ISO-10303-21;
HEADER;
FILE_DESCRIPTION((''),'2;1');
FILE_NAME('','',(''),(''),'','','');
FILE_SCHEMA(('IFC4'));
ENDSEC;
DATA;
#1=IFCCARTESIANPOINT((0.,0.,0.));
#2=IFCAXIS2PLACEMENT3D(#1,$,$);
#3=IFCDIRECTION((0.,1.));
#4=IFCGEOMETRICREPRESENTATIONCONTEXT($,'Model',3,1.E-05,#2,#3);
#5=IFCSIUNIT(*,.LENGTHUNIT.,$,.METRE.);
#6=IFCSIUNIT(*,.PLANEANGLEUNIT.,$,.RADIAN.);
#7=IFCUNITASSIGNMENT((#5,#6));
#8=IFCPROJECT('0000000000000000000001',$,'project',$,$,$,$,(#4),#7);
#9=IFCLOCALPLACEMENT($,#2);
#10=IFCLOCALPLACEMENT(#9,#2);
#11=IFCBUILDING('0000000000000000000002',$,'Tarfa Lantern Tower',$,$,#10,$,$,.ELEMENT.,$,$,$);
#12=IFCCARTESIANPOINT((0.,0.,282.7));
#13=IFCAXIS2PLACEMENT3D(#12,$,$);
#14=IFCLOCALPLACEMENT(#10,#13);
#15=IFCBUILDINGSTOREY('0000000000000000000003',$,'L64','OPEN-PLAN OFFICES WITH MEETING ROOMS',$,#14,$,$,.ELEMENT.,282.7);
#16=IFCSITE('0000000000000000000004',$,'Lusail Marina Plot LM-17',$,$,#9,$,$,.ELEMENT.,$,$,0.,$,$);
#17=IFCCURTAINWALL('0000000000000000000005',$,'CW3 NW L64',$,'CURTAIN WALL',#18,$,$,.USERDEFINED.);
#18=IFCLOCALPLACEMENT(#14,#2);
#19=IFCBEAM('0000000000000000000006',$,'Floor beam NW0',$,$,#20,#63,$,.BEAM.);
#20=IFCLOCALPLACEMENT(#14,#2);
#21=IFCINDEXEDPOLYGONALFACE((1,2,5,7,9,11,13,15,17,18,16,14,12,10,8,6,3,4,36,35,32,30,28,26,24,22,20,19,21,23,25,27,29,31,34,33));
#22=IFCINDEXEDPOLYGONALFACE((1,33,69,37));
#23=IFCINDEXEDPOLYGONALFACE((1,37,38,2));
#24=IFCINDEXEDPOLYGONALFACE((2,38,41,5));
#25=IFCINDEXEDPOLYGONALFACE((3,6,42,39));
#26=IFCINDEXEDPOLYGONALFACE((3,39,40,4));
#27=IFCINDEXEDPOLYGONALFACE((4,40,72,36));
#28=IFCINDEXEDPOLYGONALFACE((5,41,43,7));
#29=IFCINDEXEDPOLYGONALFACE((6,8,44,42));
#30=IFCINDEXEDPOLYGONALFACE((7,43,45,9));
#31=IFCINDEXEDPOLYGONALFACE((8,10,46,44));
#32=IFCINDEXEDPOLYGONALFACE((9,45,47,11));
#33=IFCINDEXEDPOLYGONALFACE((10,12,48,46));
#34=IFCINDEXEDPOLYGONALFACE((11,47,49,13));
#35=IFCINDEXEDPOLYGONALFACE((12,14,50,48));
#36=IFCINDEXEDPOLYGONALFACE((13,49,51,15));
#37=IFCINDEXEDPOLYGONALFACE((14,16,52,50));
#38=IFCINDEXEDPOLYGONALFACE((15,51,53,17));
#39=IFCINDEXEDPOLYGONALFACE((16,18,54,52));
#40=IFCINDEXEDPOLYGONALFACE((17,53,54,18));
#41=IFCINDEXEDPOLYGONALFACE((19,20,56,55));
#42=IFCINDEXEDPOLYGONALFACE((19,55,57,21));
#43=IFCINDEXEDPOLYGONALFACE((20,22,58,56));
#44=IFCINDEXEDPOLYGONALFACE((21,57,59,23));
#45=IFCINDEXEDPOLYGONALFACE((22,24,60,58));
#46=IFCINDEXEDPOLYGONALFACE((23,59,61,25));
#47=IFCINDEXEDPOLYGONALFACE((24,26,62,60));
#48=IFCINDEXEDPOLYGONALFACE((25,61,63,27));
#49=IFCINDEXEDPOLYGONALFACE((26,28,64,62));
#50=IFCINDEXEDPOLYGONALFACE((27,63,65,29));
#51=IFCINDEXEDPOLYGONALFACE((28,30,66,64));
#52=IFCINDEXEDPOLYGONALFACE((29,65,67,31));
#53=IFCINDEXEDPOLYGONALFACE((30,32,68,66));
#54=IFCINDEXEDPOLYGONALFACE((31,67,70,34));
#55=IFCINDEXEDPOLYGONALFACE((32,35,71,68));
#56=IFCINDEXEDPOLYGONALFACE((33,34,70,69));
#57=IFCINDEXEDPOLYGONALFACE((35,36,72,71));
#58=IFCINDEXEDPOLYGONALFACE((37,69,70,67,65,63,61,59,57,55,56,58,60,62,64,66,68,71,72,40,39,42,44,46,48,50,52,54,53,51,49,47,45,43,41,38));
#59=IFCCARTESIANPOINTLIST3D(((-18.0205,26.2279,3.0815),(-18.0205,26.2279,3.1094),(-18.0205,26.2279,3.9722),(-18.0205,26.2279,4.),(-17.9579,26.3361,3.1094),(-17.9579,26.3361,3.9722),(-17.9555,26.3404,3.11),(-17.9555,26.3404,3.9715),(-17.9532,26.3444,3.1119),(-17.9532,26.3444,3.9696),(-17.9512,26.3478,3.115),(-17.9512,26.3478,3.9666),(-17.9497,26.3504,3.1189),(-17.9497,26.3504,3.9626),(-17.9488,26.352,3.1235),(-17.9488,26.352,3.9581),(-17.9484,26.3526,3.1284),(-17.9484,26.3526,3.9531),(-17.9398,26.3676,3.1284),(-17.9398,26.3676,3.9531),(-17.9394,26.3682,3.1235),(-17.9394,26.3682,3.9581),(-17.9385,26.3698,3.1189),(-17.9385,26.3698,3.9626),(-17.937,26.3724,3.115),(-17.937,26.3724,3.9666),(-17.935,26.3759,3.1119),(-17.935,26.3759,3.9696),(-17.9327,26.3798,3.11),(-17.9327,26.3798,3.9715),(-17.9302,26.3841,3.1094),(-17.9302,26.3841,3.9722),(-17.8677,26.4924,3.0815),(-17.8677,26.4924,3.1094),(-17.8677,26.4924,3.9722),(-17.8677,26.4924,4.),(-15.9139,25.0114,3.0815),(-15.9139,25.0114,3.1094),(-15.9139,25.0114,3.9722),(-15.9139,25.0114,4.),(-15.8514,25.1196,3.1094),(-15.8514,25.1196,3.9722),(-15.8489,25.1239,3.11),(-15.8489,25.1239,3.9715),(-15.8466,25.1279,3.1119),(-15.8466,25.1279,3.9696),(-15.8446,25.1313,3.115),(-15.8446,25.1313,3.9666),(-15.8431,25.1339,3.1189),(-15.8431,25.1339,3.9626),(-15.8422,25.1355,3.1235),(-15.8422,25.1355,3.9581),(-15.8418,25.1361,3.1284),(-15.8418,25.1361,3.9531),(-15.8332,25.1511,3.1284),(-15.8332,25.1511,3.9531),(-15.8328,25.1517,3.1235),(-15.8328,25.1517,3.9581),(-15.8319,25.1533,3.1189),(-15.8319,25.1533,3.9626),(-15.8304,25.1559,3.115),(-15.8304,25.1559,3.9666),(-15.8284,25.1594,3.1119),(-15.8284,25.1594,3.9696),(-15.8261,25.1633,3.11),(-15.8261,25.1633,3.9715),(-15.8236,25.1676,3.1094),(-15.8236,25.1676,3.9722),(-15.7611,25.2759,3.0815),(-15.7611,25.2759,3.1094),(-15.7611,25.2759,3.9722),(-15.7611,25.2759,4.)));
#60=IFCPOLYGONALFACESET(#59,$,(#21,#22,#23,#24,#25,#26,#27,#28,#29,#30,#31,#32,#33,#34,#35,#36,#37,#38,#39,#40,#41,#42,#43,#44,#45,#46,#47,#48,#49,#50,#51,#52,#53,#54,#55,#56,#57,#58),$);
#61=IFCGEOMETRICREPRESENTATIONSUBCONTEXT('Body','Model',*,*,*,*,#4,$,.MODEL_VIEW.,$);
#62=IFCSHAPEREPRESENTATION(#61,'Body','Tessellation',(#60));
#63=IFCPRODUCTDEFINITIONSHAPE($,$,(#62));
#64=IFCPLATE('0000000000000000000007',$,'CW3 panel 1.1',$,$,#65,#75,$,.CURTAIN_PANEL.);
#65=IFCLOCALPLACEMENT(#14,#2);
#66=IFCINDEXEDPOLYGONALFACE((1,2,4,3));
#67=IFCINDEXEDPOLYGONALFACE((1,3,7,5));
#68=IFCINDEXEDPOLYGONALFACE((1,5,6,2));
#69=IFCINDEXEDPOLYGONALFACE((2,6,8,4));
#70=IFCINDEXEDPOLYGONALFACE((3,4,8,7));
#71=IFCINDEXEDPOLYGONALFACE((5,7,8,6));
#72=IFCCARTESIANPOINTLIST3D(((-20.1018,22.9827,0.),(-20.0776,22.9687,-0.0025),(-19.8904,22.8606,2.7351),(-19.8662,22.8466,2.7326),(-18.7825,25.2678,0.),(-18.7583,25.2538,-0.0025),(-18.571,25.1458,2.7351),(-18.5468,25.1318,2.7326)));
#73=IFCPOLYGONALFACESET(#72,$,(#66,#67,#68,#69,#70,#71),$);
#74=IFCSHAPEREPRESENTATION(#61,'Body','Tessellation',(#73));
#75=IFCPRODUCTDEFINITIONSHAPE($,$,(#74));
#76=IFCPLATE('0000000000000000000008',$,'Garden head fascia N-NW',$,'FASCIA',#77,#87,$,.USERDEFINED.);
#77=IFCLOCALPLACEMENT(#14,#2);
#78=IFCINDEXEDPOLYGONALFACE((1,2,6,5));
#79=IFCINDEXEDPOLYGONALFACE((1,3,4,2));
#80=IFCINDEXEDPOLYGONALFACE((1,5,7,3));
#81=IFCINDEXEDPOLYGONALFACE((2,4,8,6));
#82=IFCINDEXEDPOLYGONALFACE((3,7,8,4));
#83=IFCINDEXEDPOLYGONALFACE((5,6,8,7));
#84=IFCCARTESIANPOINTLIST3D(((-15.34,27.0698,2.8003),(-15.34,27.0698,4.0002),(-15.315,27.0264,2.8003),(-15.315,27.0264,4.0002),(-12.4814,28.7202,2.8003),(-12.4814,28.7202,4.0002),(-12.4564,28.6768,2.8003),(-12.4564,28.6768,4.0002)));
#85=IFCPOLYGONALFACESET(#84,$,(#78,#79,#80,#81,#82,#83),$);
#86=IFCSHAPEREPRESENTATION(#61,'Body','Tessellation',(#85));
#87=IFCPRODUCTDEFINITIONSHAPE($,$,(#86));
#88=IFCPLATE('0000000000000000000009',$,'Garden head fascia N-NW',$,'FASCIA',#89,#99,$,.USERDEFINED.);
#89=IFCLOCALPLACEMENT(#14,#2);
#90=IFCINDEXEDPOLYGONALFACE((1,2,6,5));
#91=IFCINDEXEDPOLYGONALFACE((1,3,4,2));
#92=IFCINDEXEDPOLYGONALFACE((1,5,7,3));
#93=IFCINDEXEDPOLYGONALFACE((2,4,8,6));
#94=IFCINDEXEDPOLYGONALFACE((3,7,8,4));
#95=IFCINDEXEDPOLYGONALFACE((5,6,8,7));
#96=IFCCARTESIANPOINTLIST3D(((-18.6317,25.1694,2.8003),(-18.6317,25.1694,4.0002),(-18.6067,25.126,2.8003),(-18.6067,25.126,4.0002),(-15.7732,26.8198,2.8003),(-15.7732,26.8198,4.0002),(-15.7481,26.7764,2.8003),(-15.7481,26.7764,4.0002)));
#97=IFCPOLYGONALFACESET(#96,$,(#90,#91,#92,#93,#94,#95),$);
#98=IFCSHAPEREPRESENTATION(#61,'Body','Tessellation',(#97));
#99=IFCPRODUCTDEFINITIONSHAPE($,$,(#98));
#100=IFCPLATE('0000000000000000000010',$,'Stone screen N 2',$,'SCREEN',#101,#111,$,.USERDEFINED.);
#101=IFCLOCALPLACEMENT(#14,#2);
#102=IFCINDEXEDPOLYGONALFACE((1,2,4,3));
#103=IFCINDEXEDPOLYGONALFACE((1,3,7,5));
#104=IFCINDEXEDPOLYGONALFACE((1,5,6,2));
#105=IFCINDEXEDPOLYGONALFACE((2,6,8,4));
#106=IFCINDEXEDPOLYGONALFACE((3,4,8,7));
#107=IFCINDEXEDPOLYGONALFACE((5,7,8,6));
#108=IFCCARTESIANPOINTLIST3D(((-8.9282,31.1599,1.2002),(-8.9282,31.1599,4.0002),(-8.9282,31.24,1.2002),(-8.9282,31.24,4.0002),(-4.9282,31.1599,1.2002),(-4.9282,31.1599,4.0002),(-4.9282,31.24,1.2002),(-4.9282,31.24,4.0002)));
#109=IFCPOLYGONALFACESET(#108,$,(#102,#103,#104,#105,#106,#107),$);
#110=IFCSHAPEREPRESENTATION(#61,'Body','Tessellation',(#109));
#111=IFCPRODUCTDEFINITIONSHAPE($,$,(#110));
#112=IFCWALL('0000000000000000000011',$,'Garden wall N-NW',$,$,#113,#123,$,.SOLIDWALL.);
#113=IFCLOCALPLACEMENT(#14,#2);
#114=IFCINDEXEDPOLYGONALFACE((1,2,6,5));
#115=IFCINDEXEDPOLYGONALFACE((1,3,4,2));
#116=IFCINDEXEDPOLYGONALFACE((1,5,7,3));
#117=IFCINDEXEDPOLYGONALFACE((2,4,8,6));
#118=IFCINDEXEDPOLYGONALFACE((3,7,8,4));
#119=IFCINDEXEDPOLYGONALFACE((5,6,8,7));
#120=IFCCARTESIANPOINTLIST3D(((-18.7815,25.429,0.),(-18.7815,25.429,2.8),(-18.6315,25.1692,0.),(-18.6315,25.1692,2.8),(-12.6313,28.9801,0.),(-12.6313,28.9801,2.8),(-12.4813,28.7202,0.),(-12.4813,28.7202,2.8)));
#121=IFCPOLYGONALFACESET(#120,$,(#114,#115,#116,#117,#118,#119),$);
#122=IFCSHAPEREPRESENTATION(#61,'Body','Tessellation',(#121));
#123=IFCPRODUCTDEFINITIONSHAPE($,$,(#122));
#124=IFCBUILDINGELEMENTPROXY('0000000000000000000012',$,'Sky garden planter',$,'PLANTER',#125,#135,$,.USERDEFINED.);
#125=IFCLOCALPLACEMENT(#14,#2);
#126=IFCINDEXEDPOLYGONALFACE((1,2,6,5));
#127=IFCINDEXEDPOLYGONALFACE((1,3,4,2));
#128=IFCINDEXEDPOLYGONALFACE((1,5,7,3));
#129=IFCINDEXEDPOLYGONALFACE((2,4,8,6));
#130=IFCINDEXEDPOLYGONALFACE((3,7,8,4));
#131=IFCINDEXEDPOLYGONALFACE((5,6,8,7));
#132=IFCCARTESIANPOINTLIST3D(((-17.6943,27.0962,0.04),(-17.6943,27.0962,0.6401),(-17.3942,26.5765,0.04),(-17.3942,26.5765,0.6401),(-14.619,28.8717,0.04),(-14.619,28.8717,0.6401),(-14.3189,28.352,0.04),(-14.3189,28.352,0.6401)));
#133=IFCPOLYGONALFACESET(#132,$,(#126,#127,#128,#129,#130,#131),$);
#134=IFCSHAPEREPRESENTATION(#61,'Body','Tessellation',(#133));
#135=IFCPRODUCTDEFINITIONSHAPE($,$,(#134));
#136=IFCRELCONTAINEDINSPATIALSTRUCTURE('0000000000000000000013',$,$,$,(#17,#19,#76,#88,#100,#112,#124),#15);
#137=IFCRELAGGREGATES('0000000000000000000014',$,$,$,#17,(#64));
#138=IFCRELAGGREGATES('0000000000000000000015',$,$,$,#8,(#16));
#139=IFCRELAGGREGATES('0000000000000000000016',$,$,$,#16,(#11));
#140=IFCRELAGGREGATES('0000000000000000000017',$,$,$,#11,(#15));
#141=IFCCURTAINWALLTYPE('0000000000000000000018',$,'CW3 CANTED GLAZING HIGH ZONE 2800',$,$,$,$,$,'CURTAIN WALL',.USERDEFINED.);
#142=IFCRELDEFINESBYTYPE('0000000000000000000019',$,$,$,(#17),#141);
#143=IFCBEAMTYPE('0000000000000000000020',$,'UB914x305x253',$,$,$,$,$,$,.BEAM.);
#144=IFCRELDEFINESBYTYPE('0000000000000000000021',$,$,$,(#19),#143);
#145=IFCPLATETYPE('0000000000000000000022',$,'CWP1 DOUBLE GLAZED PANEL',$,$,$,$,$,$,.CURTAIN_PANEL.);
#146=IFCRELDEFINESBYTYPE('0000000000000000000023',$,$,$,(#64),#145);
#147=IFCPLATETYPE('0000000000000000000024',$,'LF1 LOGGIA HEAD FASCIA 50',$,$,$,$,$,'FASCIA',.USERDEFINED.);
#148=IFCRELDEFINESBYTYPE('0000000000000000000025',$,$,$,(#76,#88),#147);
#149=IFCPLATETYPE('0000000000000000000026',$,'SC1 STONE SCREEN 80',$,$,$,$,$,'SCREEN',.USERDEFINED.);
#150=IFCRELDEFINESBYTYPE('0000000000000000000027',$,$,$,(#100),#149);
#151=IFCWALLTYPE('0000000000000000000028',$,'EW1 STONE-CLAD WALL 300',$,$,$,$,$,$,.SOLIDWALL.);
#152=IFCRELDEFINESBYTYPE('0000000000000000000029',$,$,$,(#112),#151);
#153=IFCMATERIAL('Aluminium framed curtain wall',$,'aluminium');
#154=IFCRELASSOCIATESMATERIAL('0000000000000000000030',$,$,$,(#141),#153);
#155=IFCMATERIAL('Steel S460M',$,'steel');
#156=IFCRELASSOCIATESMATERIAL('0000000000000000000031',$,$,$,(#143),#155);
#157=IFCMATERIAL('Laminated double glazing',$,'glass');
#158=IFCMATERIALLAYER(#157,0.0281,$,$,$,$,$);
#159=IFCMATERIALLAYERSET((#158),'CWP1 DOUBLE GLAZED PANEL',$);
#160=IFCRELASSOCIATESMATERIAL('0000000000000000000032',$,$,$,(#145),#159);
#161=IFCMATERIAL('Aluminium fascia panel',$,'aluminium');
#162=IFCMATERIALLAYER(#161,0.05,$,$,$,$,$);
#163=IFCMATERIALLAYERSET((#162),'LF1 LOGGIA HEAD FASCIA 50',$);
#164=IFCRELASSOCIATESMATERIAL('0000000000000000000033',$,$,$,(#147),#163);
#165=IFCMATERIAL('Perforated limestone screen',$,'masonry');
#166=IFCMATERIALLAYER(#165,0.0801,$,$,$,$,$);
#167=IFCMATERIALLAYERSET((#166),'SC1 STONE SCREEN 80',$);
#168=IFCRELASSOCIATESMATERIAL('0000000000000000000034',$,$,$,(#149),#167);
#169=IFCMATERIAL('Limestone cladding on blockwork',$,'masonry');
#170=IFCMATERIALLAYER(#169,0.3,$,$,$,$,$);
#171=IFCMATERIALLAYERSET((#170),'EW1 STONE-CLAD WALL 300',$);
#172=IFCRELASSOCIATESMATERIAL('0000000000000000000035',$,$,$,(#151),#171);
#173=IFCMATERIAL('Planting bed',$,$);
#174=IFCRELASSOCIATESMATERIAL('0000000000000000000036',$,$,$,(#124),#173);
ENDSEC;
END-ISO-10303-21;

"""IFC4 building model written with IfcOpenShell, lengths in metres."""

from ifc_helpers import new_model, si_unit, direction, frame, frame_2d, origin, origin_2d, place, context, subcontext, project, spatial, polyline, rectangle, i_section, outline, extrude, material, layer, layer_set, material_profile, profile_set, type_object, element, aggregate, save


model = new_model("IFC4")

# Units and contexts
model_context = context("Model", 3, precision=1e-05, world=origin(), true_north=direction((0.0, 1.0)))
body_context = subcontext(model_context, "Body", "Model", "MODEL_VIEW")
ifc_project = project(units=[si_unit("LENGTHUNIT", "METRE"), si_unit("PLANEANGLEUNIT", "RADIAN")], contexts=[model_context])

# Site, building, storey
site_placement = place(None, origin())
site = spatial("IfcSite", under=ifc_project, at=site_placement, Name="Lusail Marina Plot LM-17", CompositionType="ELEMENT", RefElevation=0.0)
building_placement = place(site_placement, origin())
building = spatial("IfcBuilding", under=site, at=building_placement, Name="Tarfa Lantern Tower", CompositionType="ELEMENT")
storey_placement = place(building_placement, frame((0.0, 0.0, 282.7)))
storey = spatial("IfcBuildingStorey", under=building, at=storey_placement, Name="L64", Description="OPEN-PLAN OFFICES WITH MEETING ROOMS", CompositionType="ELEMENT", Elevation=282.7)

# Curtain wall
ifc_material_1 = material(Name="Aluminium framed curtain wall", Category="aluminium")
curtain_wall_type = type_object("IfcCurtainWallType", Name="CW3 CANTED GLAZING HIGH ZONE 2800", ElementType="CURTAIN WALL", PredefinedType="USERDEFINED", material=ifc_material_1)
curtain_wall_placement = place(storey_placement, origin())
curtain_wall = element("IfcCurtainWall", 1, at=curtain_wall_placement, inside=storey, type_object=curtain_wall_type, Name="CW3 NW L64", ObjectType="CURTAIN WALL", PredefinedType="USERDEFINED")

# Beam
ifc_material_2 = material(Name="Steel S460M", Category="steel")
ifc_material_profile_1 = material_profile(ifc_material_2, i_section(OverallWidth=0.3054, OverallDepth=0.9185, WebThickness=0.0173, FlangeThickness=0.0278, FilletRadius=0.019, at=origin_2d()), Name="UB914x305x253")
ifc_profile_set_1 = profile_set([ifc_material_profile_1], Name="Steel S460M")
beam_type_1 = type_object("IfcBeamType", Name="UB914x305x253", PredefinedType="BEAM", material=ifc_profile_set_1)
beam_1_placement = place(storey_placement, frame((-17.9441, 26.3601, 3.5408), z_axis=(0.86598, -0.500079, 0.0), x_axis=(0.500079, 0.86598, 0.0)))
element("IfcBeam", 2, at=beam_1_placement, inside=storey, type_object=beam_type_1, Name="Floor beam NW0", PredefinedType="BEAM", context=body_context, shape_type="SweptSolid", body=[
    extrude(i_section(OverallWidth=0.3054, OverallDepth=0.9185, WebThickness=0.0173, FlangeThickness=0.0278, FilletRadius=0.019, at=origin_2d()), origin(), (0.0, 0.0, 1.0), 2.4326),
])

# Plate
ifc_material_3 = material(Name="Laminated double glazing", Category="glass")
ifc_layer_1 = layer(ifc_material_3, 0.0281)
ifc_layer_set_1 = layer_set([ifc_layer_1], Name="CWP1 DOUBLE GLAZED PANEL")
plate_type_1 = type_object("IfcPlateType", Name="CWP1 DOUBLE GLAZED PANEL", PredefinedType="CURTAIN_PANEL", material=ifc_layer_set_1)
plate_1_placement = place(storey_placement, frame((-18.7825, 25.2678, 0.0), z_axis=(-0.862596, 0.49802, 0.088906), x_axis=(-0.5, -0.866025, 0.0)))
plate_1 = element("IfcPlate", 3, at=plate_1_placement, type_object=plate_type_1, Name="CW3 panel 1.1", PredefinedType="CURTAIN_PANEL", context=body_context, shape_type="SweptSolid", body=[
    extrude(outline(polyline([(0.0, 0.0), (2.6387, 0.0), (2.6387, 2.746), (0.0, 2.746), (0.0, 0.0)])), origin(), (0.0, 0.0, -1.0), 0.0281),
])
aggregate(curtain_wall, [plate_1])

# Plates
ifc_material_4 = material(Name="Aluminium fascia panel", Category="aluminium")
ifc_layer_2 = layer(ifc_material_4, 0.05)
ifc_layer_set_2 = layer_set([ifc_layer_2], Name="LF1 LOGGIA HEAD FASCIA 50")
plate_type_2 = type_object("IfcPlateType", Name="LF1 LOGGIA HEAD FASCIA 50", ElementType="FASCIA", PredefinedType="USERDEFINED", material=ifc_layer_set_2)
for number, where, z_axis, x_axis, name in (
    (4, (-13.8982, 27.8733, 2.8003), (0.0, 0.0, 1.0), (-0.866025, -0.5, 0.0), "Garden head fascia N-NW"),
    (5, (-17.1899, 25.9729, 2.8003), (0.0, 0.0, 1.0), (-0.866025, -0.5, 0.0), "Garden head fascia N-NW"),
):
    element("IfcPlate", number, at=place(storey_placement, frame(where, z_axis=z_axis, x_axis=x_axis)), inside=storey, type_object=plate_type_2, Name=name, ObjectType="FASCIA", PredefinedType="USERDEFINED", context=body_context, shape_type="SweptSolid", body=[
        extrude(rectangle(XDim=3.3008, YDim=0.05, at=origin_2d()), origin(), (0.0, 0.0, 1.0), 1.2),
    ])
ifc_material_5 = material(Name="Perforated limestone screen", Category="masonry")
ifc_layer_3 = layer(ifc_material_5, 0.0801)
ifc_layer_set_3 = layer_set([ifc_layer_3], Name="SC1 STONE SCREEN 80")
plate_type_3 = type_object("IfcPlateType", Name="SC1 STONE SCREEN 80", ElementType="SCREEN", PredefinedType="USERDEFINED", material=ifc_layer_set_3)
plate_2_placement = place(storey_placement, frame((-6.9282, 31.2, 1.2002), z_axis=(0.0, 0.0, 1.0), x_axis=(-1.0, 0.0, 0.0)))
element("IfcPlate", 6, at=plate_2_placement, inside=storey, type_object=plate_type_3, Name="Stone screen N 2", ObjectType="SCREEN", PredefinedType="USERDEFINED", context=body_context, shape_type="SweptSolid", body=[
    extrude(rectangle(XDim=4.0, YDim=0.0801, at=origin_2d()), origin(), (0.0, 0.0, 1.0), 2.8),
])

# Wall
ifc_material_6 = material(Name="Limestone cladding on blockwork", Category="masonry")
ifc_layer_4 = layer(ifc_material_6, 0.3)
ifc_layer_set_4 = layer_set([ifc_layer_4], Name="EW1 STONE-CLAD WALL 300")
wall_type = type_object("IfcWallType", Name="EW1 STONE-CLAD WALL 300", PredefinedType="SOLIDWALL", material=ifc_layer_set_4)
wall_placement = place(storey_placement, frame((-12.5564, 28.8501, 0.0), z_axis=(0.0, 0.0, 1.0), x_axis=(-0.866011, -0.500025, 0.0)))
element("IfcWall", 7, at=wall_placement, inside=storey, type_object=wall_type, Name="Garden wall N-NW", PredefinedType="SOLIDWALL", context=body_context, shape_type="SweptSolid", body=[
    extrude(rectangle(XDim=7.1018, YDim=0.3, at=frame_2d((3.5508, 0.0))), origin(), (0.0, 0.0, 1.0), 2.8),
])

# Building element proxy
ifc_material_7 = material(Name="Planting bed")
proxy_placement = place(storey_placement, frame((-16.0066, 27.7241, 0.04), z_axis=(0.0, 0.0, 1.0), x_axis=(-0.866025, -0.5, 0.0)))
element("IfcBuildingElementProxy", 8, at=proxy_placement, inside=storey, material=ifc_material_7, Name="Sky garden planter", ObjectType="PLANTER", PredefinedType="USERDEFINED", context=body_context, shape_type="SweptSolid", body=[
    extrude(rectangle(XDim=3.551, YDim=0.6001, at=origin_2d()), origin(), (0.0, 0.0, 1.0), 0.6001),
])

save(model, "model.ifc")
